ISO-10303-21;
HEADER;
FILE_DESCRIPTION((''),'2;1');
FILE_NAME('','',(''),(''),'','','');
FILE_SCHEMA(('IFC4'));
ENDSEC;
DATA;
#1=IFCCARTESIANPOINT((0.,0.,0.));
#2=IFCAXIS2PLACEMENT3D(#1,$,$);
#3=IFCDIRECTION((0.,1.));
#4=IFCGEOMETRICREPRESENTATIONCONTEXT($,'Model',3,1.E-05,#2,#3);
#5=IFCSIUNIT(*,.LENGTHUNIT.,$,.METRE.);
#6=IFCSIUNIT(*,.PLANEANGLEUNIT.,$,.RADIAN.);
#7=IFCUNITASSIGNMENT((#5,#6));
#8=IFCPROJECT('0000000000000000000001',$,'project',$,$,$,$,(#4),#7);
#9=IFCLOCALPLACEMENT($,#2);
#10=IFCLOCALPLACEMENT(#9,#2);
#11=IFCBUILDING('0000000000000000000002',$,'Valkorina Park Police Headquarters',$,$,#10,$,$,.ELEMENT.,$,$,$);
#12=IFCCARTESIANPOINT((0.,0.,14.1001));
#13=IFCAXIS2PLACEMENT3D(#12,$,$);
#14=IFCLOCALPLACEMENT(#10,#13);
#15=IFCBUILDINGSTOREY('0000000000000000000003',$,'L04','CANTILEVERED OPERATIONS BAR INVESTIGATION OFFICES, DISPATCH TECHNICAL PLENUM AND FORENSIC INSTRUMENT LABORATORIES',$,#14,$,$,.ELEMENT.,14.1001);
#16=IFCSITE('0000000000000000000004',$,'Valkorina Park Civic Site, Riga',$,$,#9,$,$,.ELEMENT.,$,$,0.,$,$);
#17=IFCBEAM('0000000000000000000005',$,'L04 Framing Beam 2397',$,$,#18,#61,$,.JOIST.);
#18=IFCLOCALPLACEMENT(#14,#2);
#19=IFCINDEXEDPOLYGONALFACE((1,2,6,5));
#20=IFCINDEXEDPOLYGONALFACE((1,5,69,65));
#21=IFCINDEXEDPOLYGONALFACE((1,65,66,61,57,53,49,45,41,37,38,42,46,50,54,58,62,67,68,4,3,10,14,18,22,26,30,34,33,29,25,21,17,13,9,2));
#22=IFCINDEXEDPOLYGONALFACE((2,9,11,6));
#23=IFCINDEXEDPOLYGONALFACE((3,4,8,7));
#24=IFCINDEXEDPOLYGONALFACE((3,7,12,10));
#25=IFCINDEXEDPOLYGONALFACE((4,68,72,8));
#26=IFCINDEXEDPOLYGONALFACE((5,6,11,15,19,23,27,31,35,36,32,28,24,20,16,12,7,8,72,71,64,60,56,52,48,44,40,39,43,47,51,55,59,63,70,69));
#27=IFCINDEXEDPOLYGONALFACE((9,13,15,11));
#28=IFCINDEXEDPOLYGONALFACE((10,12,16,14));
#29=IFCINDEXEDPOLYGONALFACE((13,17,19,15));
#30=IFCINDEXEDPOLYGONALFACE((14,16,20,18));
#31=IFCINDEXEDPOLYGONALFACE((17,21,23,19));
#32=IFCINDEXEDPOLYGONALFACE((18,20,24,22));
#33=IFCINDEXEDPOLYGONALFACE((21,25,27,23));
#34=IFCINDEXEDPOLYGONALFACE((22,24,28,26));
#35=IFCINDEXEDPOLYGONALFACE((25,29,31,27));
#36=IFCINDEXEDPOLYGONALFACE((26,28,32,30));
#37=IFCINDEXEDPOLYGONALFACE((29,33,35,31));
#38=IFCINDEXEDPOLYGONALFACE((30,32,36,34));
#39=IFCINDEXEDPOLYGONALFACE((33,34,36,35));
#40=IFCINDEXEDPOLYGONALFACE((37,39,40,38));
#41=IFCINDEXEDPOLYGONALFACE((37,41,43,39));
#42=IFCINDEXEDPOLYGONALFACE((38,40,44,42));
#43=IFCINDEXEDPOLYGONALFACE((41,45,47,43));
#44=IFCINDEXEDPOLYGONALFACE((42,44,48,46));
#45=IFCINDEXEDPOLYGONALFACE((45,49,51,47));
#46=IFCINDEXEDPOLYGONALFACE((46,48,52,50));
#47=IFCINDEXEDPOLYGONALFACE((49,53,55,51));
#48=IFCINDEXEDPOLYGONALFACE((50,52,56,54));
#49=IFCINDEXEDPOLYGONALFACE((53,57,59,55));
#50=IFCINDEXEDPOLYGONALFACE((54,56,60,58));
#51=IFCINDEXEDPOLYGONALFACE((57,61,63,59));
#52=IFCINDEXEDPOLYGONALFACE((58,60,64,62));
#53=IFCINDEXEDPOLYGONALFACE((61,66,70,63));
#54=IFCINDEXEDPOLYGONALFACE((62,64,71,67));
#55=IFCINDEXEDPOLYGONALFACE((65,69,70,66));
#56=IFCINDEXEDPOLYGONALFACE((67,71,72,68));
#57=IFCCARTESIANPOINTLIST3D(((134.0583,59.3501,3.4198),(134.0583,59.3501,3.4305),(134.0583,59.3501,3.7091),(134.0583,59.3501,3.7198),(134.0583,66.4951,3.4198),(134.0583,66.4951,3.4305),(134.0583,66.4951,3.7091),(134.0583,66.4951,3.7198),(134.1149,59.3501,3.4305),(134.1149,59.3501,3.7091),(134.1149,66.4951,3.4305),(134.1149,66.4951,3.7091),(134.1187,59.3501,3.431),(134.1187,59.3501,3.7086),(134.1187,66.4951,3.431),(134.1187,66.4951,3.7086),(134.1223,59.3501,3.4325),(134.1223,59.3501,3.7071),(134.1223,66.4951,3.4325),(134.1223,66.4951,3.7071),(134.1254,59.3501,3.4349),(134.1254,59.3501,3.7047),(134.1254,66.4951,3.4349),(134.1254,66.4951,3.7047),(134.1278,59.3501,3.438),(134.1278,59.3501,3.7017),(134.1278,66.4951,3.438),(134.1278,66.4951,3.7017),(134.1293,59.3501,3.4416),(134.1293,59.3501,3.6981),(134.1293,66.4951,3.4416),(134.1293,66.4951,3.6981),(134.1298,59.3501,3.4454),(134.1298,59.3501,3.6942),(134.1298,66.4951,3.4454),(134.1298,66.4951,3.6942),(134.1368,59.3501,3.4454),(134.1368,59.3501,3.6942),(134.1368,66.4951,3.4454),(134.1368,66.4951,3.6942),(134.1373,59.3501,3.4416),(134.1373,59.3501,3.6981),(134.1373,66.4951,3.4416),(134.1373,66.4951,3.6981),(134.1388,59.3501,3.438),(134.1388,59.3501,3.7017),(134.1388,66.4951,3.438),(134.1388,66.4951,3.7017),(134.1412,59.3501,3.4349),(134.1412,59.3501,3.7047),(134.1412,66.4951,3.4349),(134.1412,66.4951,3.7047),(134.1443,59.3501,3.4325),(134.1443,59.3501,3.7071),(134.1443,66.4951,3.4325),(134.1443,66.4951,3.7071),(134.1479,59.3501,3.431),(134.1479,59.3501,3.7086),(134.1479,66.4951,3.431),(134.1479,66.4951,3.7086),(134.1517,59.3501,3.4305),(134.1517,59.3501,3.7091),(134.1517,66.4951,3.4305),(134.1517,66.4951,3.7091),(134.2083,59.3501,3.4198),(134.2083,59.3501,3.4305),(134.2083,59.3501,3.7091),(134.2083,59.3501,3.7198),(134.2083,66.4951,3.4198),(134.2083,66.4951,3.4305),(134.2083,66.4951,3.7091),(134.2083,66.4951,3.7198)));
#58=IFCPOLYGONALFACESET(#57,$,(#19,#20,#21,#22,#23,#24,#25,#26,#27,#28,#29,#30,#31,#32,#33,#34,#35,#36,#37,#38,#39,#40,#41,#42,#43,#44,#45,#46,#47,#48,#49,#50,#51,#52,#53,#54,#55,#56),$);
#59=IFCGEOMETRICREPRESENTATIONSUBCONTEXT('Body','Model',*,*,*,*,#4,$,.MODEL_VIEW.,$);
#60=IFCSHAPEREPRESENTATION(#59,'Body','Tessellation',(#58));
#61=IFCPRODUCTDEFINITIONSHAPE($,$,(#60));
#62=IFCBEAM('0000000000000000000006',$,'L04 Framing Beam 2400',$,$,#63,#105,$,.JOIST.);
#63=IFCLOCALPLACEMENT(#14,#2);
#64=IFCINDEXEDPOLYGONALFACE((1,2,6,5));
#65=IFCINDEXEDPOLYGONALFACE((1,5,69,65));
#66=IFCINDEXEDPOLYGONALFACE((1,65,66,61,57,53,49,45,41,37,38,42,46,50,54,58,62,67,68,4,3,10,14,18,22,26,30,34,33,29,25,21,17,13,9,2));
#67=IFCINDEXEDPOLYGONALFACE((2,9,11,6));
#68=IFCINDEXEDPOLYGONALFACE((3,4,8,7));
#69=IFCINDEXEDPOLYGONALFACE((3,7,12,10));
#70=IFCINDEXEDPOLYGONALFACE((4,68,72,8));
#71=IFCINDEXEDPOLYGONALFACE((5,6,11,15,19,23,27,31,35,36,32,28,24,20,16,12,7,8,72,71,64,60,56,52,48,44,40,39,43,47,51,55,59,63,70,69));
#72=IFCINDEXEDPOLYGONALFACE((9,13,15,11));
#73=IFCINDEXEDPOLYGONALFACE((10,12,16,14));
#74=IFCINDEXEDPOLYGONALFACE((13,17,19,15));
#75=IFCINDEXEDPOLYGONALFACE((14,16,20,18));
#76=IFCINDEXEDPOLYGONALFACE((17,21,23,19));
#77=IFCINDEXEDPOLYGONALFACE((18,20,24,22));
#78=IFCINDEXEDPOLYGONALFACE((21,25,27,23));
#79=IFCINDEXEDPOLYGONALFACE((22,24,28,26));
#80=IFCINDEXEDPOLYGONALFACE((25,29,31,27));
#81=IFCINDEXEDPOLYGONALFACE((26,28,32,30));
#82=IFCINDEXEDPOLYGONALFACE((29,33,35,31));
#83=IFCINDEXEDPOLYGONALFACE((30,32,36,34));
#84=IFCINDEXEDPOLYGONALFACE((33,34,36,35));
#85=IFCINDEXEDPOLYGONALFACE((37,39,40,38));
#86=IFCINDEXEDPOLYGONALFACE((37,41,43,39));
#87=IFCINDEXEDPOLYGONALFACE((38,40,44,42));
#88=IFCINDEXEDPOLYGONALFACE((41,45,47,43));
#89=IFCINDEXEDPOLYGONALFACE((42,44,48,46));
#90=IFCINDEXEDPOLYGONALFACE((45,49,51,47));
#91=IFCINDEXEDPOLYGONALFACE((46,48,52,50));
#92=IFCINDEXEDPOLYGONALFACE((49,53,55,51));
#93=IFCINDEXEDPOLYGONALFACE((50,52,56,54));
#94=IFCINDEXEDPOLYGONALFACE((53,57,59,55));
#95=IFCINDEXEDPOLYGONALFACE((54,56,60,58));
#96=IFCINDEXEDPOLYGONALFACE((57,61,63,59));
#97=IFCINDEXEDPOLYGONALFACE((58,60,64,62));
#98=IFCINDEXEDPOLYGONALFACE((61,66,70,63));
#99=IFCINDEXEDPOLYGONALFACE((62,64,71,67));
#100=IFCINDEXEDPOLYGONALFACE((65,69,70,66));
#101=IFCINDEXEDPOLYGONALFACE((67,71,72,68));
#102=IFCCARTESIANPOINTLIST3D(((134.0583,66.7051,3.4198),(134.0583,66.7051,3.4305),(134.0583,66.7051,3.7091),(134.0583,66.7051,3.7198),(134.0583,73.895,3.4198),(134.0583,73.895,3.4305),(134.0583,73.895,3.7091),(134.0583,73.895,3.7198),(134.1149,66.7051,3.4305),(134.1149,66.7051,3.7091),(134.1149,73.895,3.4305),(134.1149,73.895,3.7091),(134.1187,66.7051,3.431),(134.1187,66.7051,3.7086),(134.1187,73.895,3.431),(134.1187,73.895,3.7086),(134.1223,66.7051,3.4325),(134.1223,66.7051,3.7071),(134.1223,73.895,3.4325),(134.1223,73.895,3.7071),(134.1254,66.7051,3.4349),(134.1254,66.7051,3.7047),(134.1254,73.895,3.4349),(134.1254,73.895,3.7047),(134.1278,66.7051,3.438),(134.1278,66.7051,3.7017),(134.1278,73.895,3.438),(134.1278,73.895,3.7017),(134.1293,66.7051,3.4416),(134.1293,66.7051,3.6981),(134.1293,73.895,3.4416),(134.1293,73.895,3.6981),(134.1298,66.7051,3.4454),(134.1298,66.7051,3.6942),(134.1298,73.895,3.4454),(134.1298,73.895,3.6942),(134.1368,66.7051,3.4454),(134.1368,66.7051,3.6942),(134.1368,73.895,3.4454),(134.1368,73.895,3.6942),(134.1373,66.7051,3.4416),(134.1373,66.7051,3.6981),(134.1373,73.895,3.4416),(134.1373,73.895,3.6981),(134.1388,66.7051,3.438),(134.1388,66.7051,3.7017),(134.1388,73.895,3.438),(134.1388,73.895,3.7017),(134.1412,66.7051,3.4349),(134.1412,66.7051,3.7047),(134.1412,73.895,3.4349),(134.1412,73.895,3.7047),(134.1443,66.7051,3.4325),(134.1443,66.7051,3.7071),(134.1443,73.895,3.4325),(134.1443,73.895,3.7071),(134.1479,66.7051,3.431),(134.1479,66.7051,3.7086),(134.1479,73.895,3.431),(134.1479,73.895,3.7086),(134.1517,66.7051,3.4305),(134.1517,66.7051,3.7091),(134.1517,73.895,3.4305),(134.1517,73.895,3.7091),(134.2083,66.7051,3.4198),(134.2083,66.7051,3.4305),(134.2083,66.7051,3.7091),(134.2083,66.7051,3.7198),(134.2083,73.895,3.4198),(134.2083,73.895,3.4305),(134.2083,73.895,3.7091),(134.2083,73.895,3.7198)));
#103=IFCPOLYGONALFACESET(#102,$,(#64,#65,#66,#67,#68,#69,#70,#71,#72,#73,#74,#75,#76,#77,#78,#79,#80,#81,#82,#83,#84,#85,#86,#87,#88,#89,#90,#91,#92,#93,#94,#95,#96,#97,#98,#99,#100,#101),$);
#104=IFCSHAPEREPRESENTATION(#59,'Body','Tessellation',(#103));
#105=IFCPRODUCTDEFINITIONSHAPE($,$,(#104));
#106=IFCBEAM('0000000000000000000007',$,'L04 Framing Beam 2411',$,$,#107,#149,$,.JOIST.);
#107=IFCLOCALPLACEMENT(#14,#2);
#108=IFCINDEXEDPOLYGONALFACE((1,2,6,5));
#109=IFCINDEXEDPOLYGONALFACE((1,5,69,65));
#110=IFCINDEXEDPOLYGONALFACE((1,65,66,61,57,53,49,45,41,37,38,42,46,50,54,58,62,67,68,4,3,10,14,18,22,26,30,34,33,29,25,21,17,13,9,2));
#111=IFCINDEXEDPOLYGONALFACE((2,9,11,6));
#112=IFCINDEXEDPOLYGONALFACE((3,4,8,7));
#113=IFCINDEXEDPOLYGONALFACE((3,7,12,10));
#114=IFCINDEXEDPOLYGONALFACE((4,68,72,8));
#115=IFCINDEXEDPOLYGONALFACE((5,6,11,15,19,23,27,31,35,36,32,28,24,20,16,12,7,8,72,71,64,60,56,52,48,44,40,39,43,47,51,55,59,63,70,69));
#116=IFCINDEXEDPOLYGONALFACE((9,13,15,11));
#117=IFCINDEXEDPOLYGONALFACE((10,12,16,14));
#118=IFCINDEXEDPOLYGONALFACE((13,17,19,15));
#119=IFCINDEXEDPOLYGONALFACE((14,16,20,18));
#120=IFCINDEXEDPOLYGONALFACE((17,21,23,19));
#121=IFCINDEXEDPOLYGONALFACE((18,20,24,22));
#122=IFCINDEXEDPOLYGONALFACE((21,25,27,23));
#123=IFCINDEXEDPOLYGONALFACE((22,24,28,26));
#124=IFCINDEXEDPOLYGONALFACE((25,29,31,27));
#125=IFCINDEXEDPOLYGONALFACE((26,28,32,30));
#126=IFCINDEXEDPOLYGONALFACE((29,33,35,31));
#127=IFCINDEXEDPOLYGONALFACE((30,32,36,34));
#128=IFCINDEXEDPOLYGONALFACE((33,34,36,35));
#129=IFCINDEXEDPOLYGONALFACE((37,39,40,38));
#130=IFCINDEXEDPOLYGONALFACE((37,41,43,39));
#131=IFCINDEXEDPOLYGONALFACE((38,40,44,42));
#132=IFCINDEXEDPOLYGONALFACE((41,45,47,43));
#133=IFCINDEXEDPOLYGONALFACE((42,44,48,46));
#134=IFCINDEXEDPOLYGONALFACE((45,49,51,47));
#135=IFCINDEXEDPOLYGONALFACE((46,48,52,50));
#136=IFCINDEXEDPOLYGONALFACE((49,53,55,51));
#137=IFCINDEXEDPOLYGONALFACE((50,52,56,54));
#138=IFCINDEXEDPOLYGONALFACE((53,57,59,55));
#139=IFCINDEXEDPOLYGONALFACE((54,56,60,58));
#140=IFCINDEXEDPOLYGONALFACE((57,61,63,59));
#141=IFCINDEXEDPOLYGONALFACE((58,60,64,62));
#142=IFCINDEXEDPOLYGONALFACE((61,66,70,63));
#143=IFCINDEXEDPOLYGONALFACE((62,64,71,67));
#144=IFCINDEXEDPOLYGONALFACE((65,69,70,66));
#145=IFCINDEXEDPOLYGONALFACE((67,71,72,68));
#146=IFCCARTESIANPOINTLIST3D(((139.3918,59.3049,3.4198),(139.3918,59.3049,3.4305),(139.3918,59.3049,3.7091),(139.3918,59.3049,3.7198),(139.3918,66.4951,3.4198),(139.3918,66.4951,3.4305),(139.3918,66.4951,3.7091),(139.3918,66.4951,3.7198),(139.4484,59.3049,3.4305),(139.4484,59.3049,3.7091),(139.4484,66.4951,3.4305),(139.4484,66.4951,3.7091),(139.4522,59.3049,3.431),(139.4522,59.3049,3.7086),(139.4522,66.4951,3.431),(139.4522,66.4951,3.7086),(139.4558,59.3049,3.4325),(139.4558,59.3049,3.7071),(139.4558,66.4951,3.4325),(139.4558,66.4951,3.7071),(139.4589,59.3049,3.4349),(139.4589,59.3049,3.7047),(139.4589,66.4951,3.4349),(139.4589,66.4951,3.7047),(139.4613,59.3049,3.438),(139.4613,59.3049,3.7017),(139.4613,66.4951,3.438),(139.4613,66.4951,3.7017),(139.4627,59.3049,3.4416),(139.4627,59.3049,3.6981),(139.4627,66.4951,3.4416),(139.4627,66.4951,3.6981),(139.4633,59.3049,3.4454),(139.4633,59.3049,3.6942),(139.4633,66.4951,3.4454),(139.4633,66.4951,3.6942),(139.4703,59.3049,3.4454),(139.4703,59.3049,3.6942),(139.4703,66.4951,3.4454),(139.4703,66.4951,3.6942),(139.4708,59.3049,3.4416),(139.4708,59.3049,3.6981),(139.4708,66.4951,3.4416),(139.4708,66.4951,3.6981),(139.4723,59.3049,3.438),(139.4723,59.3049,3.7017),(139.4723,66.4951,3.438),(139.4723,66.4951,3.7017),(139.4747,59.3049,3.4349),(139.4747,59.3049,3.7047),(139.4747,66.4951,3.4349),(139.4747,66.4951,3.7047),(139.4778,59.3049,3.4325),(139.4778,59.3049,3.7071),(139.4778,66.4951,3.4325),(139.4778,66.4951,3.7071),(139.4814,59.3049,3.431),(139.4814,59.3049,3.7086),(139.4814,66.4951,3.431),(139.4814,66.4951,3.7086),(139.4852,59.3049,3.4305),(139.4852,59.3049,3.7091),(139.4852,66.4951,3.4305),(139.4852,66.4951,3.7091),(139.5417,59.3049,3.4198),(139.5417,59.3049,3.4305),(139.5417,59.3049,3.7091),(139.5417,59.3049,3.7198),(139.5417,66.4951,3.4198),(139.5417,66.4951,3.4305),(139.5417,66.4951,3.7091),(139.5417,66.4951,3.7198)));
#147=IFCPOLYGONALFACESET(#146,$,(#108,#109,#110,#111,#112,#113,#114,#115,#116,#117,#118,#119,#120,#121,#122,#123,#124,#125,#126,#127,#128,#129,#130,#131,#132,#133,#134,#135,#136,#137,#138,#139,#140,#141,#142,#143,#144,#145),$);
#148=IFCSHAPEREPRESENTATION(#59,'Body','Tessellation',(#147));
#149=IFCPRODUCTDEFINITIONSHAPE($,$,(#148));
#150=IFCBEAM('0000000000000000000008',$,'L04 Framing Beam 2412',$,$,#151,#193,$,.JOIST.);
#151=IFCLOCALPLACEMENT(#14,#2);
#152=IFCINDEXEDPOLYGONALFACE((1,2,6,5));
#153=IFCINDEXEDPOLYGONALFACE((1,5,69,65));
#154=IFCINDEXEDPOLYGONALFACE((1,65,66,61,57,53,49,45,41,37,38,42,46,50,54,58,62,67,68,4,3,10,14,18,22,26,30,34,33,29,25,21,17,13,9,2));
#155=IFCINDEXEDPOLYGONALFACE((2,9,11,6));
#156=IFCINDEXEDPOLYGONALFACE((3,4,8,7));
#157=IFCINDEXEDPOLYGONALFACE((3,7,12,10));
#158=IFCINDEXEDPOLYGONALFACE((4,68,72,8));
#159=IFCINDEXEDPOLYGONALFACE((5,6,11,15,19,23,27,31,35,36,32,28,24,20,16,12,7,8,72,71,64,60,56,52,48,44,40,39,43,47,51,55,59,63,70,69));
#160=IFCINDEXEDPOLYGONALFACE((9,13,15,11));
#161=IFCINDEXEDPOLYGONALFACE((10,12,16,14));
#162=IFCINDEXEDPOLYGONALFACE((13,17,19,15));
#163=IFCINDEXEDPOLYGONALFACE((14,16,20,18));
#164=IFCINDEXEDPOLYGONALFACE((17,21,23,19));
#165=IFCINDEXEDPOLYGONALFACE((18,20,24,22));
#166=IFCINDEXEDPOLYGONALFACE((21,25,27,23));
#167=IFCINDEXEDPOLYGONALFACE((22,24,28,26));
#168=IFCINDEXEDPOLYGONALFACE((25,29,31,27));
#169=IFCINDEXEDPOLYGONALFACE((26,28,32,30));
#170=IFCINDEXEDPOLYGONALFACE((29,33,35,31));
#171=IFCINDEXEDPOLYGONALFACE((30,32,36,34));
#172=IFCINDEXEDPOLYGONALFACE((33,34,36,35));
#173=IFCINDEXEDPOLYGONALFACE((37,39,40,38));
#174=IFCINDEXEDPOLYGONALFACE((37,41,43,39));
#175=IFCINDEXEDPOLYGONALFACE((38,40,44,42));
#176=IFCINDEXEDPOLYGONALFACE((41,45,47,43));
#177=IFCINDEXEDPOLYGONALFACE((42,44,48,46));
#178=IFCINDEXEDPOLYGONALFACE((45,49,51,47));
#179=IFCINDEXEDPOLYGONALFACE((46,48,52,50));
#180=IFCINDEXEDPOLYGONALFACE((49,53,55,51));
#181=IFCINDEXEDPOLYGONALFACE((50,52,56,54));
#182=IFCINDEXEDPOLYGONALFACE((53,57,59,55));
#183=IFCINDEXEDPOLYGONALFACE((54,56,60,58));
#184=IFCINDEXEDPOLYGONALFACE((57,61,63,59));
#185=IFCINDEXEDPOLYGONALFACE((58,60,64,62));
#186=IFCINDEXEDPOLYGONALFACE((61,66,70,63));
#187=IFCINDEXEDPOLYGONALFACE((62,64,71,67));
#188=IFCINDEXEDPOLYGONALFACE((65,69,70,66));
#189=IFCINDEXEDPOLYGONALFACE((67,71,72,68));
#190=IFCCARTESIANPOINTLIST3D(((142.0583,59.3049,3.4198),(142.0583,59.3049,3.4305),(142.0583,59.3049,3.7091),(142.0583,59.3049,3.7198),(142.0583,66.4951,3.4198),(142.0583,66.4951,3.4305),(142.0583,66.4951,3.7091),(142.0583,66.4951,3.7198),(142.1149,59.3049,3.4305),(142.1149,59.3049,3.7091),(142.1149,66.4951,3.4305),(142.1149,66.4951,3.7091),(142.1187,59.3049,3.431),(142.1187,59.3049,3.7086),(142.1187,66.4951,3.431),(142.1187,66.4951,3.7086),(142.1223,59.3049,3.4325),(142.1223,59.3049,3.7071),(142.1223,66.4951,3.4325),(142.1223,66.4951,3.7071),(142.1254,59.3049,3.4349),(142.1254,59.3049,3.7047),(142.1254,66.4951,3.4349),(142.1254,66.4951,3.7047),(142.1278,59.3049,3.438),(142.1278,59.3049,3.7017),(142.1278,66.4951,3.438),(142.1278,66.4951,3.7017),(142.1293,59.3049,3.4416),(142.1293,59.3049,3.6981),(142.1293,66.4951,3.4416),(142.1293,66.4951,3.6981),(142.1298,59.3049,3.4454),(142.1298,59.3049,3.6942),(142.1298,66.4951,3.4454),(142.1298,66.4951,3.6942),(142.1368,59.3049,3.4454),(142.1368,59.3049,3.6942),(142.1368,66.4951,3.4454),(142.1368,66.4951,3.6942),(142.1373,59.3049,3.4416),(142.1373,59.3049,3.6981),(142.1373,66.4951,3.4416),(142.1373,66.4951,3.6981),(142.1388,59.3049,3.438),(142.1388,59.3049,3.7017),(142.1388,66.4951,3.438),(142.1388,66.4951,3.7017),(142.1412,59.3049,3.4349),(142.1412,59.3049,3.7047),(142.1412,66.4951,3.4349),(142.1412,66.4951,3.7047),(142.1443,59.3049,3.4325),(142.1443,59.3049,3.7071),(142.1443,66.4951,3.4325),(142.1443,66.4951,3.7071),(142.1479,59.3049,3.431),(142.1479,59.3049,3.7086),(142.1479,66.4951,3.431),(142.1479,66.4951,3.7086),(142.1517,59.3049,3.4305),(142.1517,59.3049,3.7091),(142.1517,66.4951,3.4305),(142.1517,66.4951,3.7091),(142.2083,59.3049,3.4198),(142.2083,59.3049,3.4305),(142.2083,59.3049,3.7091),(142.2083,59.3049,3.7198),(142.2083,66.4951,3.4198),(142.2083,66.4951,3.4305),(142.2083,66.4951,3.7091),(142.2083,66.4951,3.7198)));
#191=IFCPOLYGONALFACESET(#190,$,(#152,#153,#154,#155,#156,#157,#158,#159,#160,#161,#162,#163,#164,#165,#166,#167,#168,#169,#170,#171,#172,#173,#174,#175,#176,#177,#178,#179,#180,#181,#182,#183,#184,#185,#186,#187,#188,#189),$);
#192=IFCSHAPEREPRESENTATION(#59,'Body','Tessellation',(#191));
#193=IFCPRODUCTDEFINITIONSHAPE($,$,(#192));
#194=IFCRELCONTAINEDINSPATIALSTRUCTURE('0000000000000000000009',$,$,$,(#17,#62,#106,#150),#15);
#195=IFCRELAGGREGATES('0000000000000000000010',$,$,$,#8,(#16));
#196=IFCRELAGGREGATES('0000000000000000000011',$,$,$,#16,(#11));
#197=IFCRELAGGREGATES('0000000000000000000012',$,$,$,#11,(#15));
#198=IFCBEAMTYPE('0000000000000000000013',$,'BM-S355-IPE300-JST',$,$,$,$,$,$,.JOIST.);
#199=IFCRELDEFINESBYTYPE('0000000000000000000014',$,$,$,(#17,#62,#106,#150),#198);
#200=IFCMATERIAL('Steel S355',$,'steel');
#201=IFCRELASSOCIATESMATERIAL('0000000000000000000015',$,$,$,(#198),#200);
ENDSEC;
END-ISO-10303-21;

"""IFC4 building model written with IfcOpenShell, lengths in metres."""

from ifc_helpers import new_model, si_unit, direction, frame, origin, origin_2d, place, context, subcontext, project, spatial, i_section, extrude, material, material_profile, profile_set, type_object, element, save


model = new_model("IFC4")

# Units and contexts
model_context = context("Model", 3, precision=1e-05, world=origin(), true_north=direction((0.0, 1.0)))
body_context = subcontext(model_context, "Body", "Model", "MODEL_VIEW")
ifc_project = project(units=[si_unit("LENGTHUNIT", "METRE"), si_unit("PLANEANGLEUNIT", "RADIAN")], contexts=[model_context])

# Site, building, storey
site_placement = place(None, origin())
site = spatial("IfcSite", under=ifc_project, at=site_placement, Name="Valkorina Park Civic Site, Riga", CompositionType="ELEMENT", RefElevation=0.0)
building_placement = place(site_placement, origin())
building = spatial("IfcBuilding", under=site, at=building_placement, Name="Valkorina Park Police Headquarters", CompositionType="ELEMENT")
storey_placement = place(building_placement, frame((0.0, 0.0, 14.1001)))
storey = spatial("IfcBuildingStorey", under=building, at=storey_placement, Name="L04", Description="CANTILEVERED OPERATIONS BAR INVESTIGATION OFFICES, DISPATCH TECHNICAL PLENUM AND FORENSIC INSTRUMENT LABORATORIES", CompositionType="ELEMENT", Elevation=14.1001)

# Shared definitions
ifc_material_1 = material(Name="Steel S355", Category="steel")

# Beams
ifc_material_profile_1 = material_profile(ifc_material_1, i_section(OverallWidth=0.1499, OverallDepth=0.3, WebThickness=0.0071, FlangeThickness=0.0107, FilletRadius=0.0149, at=origin_2d()), Name="IPE 300")
ifc_profile_set_1 = profile_set([ifc_material_profile_1], Name="Steel S355")
beam_type_1 = type_object("IfcBeamType", Name="BM-S355-IPE300-JST", PredefinedType="JOIST", material=ifc_profile_set_1)
beam_1_placement = place(storey_placement, frame((134.1333, 59.3501, 3.5698), z_axis=(0.0, 1.0, 0.0), x_axis=(-1.0, 0.0, 0.0)))
element("IfcBeam", 1, at=beam_1_placement, inside=storey, type_object=beam_type_1, Name="L04 Framing Beam 2397", PredefinedType="JOIST", context=body_context, shape_type="SweptSolid", body=[
    extrude(i_section(OverallWidth=0.1499, OverallDepth=0.3, WebThickness=0.0071, FlangeThickness=0.0107, FilletRadius=0.0149, at=origin_2d()), origin(), (0.0, 0.0, 1.0), 7.145),
])
beam_2_placement = place(storey_placement, frame((134.1333, 66.7051, 3.5698), z_axis=(0.0, 1.0, 0.0), x_axis=(-1.0, 0.0, 0.0)))
element("IfcBeam", 2, at=beam_2_placement, inside=storey, type_object=beam_type_1, Name="L04 Framing Beam 2400", PredefinedType="JOIST", context=body_context, shape_type="SweptSolid", body=[
    extrude(i_section(OverallWidth=0.1499, OverallDepth=0.3, WebThickness=0.0071, FlangeThickness=0.0107, FilletRadius=0.0149, at=origin_2d()), origin(), (0.0, 0.0, 1.0), 7.1899),
])
for number, where, z_axis, x_axis, name in (
    (3, (139.4668, 59.3049, 3.5698), (0.0, 1.0, 0.0), (-1.0, 0.0, 0.0), "L04 Framing Beam 2411"),
    (4, (142.1333, 59.3049, 3.5698), (0.0, 1.0, 0.0), (-1.0, 0.0, 0.0), "L04 Framing Beam 2412"),
):
    element("IfcBeam", number, at=place(storey_placement, frame(where, z_axis=z_axis, x_axis=x_axis)), inside=storey, type_object=beam_type_1, Name=name, PredefinedType="JOIST", context=body_context, shape_type="SweptSolid", body=[
        extrude(i_section(OverallWidth=0.1499, OverallDepth=0.3, WebThickness=0.0071, FlangeThickness=0.0107, FilletRadius=0.0149, at=origin_2d()), origin(), (0.0, 0.0, 1.0), 7.1902),
    ])

save(model, "model.ifc")
